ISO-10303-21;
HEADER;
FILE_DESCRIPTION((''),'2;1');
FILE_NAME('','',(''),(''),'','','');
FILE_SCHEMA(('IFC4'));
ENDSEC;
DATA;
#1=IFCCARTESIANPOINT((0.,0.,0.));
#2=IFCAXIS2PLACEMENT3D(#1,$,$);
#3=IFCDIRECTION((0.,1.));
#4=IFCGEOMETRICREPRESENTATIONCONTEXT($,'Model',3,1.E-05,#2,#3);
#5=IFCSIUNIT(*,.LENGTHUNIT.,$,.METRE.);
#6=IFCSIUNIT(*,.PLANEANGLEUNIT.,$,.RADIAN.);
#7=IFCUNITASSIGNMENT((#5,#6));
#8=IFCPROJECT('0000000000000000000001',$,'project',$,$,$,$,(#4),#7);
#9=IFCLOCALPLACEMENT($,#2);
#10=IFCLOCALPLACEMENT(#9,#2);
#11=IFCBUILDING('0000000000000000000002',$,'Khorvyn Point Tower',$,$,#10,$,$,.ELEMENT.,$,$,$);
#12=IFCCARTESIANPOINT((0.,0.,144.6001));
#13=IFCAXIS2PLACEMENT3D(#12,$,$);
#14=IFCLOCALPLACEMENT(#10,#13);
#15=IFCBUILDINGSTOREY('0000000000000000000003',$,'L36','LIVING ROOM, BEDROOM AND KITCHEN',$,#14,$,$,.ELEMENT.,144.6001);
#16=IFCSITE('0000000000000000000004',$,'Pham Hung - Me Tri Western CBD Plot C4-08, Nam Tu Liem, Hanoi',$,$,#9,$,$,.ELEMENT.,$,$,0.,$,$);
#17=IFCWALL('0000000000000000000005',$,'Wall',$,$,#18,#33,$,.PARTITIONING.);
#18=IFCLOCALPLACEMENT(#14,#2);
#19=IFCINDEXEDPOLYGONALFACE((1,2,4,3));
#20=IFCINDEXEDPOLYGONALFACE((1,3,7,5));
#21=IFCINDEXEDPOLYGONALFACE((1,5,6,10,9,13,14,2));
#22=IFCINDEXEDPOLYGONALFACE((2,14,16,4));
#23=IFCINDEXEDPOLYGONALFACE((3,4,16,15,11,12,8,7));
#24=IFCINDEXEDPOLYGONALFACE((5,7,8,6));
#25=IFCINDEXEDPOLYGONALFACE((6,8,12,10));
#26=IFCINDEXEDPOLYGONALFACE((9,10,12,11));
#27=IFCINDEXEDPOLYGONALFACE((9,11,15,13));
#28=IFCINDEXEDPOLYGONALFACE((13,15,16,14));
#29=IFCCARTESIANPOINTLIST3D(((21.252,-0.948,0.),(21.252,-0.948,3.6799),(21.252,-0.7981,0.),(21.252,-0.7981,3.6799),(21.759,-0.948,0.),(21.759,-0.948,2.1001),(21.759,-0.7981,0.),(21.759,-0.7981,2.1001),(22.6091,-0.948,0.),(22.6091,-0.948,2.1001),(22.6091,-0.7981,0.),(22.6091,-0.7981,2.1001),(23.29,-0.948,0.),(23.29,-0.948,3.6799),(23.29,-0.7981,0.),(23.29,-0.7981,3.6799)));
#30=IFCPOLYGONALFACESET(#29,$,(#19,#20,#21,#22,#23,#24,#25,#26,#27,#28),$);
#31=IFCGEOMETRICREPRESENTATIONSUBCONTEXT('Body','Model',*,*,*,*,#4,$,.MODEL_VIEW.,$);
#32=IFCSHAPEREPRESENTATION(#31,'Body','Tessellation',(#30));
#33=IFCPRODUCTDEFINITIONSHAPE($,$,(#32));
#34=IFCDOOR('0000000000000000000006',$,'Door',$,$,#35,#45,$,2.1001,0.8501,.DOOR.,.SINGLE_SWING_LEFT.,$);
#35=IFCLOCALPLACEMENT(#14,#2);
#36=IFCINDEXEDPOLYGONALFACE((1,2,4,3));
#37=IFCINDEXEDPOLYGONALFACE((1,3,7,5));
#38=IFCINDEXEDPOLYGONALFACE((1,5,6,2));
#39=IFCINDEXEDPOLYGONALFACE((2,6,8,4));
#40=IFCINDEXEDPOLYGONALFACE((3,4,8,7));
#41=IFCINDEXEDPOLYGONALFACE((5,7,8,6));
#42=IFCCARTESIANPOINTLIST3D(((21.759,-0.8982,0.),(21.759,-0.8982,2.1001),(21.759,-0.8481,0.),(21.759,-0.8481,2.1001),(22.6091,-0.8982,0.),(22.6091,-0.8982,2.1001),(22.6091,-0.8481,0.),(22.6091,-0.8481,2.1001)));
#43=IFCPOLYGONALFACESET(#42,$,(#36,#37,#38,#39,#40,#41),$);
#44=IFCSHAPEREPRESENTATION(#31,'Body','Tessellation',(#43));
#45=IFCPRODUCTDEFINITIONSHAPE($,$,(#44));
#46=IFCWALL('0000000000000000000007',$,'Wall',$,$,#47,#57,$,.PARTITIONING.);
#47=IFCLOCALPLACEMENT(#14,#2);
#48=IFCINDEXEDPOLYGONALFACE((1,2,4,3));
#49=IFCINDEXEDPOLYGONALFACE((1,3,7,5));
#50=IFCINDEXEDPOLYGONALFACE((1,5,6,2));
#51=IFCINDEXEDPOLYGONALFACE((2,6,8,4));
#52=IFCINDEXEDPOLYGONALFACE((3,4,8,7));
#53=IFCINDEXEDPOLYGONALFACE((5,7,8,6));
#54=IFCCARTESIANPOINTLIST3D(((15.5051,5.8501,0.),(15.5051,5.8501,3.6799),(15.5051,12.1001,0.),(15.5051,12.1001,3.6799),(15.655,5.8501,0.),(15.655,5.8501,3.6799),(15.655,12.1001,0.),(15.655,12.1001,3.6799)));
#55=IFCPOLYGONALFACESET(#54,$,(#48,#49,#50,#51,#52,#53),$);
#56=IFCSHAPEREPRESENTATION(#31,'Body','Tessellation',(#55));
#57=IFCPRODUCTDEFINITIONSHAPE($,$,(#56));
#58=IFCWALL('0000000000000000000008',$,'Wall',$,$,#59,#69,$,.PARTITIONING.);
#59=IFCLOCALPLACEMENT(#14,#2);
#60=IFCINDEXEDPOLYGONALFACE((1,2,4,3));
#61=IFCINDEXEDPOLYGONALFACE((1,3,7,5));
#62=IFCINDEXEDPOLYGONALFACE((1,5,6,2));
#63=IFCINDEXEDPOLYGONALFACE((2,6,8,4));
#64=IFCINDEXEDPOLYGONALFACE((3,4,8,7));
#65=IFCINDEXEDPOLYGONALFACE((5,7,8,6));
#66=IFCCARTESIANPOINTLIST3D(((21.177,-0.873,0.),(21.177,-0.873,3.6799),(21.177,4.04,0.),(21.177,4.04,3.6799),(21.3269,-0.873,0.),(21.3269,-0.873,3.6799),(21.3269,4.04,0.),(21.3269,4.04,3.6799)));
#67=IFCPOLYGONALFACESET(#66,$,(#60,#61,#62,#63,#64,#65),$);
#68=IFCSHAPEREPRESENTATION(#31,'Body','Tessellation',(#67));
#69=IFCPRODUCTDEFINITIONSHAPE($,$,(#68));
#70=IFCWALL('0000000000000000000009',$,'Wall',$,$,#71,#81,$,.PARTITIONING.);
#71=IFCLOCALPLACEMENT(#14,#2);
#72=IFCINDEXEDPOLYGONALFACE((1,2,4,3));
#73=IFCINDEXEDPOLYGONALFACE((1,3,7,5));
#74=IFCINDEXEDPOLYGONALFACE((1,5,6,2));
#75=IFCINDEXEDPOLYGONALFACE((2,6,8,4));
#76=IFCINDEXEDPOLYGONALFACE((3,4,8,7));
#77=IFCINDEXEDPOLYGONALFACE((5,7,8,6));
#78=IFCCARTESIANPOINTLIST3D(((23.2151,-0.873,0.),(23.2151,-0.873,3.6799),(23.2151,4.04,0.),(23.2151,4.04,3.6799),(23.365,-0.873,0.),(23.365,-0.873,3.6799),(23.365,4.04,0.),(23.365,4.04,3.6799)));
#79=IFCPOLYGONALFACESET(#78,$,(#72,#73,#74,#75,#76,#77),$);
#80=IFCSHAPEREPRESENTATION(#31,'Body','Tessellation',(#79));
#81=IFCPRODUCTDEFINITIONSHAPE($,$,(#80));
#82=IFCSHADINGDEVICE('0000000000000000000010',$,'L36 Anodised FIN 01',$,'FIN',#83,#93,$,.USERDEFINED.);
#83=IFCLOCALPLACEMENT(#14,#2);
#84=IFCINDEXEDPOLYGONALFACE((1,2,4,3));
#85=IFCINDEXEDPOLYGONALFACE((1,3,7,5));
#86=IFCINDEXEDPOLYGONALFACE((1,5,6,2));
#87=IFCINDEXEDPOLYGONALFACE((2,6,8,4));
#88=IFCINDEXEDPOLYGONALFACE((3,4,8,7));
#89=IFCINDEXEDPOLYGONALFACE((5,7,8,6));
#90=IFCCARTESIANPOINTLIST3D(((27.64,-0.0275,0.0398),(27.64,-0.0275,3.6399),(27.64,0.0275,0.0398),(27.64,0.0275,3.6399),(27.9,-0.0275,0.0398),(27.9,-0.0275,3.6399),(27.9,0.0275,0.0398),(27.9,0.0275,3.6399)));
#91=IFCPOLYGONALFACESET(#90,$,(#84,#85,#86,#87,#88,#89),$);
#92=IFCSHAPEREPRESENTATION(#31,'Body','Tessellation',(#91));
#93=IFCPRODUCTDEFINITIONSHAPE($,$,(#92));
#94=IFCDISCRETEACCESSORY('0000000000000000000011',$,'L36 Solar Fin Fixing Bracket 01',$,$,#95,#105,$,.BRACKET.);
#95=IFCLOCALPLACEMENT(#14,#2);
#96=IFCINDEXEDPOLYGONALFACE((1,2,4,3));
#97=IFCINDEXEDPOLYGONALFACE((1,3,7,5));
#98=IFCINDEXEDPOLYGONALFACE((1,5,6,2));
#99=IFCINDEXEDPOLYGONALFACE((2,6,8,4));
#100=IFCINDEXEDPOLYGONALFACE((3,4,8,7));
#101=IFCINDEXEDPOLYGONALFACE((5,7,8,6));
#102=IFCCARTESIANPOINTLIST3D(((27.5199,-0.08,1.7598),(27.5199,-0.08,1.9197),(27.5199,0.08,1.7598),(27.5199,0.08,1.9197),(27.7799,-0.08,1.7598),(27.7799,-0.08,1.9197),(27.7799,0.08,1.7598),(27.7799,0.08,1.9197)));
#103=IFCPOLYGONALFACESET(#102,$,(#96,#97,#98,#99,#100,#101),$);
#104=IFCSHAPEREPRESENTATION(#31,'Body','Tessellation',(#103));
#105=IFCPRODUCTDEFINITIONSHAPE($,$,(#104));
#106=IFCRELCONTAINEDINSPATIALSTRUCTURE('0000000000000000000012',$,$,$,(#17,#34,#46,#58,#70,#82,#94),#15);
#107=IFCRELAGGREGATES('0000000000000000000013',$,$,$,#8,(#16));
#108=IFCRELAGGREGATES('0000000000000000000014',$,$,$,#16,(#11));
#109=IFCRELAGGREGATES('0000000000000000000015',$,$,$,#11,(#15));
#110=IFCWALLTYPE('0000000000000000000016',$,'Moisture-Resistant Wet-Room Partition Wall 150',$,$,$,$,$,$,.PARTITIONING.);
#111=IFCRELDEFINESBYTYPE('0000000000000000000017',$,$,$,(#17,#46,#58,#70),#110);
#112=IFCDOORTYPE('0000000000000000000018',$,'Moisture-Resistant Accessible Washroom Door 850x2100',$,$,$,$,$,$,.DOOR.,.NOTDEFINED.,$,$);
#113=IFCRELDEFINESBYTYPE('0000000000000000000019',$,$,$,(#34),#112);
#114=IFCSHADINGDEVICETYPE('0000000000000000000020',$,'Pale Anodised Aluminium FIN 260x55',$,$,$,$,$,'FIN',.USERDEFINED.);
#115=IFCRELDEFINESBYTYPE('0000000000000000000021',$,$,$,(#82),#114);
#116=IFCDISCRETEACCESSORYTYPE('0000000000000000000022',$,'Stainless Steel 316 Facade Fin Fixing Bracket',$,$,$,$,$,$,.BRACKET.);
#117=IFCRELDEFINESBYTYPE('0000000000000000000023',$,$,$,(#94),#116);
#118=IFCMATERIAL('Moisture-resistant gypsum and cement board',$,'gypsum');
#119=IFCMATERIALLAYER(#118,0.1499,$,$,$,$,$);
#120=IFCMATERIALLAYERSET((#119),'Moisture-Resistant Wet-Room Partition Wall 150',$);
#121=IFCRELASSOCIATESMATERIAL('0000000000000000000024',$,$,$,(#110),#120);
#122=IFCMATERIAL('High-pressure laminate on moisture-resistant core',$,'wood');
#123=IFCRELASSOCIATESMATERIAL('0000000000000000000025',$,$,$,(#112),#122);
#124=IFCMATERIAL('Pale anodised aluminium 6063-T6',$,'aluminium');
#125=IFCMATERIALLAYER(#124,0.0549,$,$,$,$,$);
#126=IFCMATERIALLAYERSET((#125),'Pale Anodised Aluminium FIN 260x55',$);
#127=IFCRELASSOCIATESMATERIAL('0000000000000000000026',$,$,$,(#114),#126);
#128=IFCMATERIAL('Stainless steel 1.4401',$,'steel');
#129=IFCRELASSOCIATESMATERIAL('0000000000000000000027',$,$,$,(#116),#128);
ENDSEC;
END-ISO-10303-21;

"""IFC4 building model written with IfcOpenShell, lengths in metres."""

from ifc_helpers import new_model, si_unit, direction, frame, frame_2d, origin, origin_2d, place, context, subcontext, project, spatial, rectangle, extrude, material, layer, layer_set, type_object, element, fill, save


model = new_model("IFC4")

# Units and contexts
model_context = context("Model", 3, precision=1e-05, world=origin(), true_north=direction((0.0, 1.0)))
body_context = subcontext(model_context, "Body", "Model", "MODEL_VIEW")
ifc_project = project(units=[si_unit("LENGTHUNIT", "METRE"), si_unit("PLANEANGLEUNIT", "RADIAN")], contexts=[model_context])

# Site, building, storey
site_placement = place(None, origin())
site = spatial("IfcSite", under=ifc_project, at=site_placement, Name="Pham Hung - Me Tri Western CBD Plot C4-08, Nam Tu Liem, Hanoi", CompositionType="ELEMENT", RefElevation=0.0)
building_placement = place(site_placement, origin())
building = spatial("IfcBuilding", under=site, at=building_placement, Name="Khorvyn Point Tower", CompositionType="ELEMENT")
storey_placement = place(building_placement, frame((0.0, 0.0, 144.6001)))
storey = spatial("IfcBuildingStorey", under=building, at=storey_placement, Name="L36", Description="LIVING ROOM, BEDROOM AND KITCHEN", CompositionType="ELEMENT", Elevation=144.6001)

# Wall, opening, door
ifc_material_1 = material(Name="Moisture-resistant gypsum and cement board", Category="gypsum")
ifc_layer_1 = layer(ifc_material_1, 0.1499)
ifc_layer_set_1 = layer_set([ifc_layer_1], Name="Moisture-Resistant Wet-Room Partition Wall 150")
wall_type_1 = type_object("IfcWallType", Name="Moisture-Resistant Wet-Room Partition Wall 150", PredefinedType="PARTITIONING", material=ifc_layer_set_1)
wall_1_placement = place(storey_placement, frame((21.252, -0.873, 0.0), z_axis=(0.0, 0.0, 1.0), x_axis=(1.0, 0.0, 0.0)))
wall_1 = element("IfcWall", 1, at=wall_1_placement, inside=storey, type_object=wall_type_1, Name="Wall", PredefinedType="PARTITIONING", context=body_context, shape_type="SweptSolid", body=[
    extrude(rectangle(XDim=2.0381, YDim=0.1499, at=frame_2d((1.019, 0.0))), origin(), (0.0, 0.0, 1.0), 3.6799),
])
opening_1_placement = place(wall_1_placement, frame((0.5071, 0.0, 0.0)))
opening_1 = element("IfcOpeningElement", 2, at=opening_1_placement, cuts=wall_1, PredefinedType="OPENING", context=body_context, shape_type="SweptSolid", body=[
    extrude(rectangle(XDim=0.8501, YDim=2.1001, at=frame_2d((0.425, 1.05))), frame((0.0, 0.085, 0.0), z_axis=(0.0, -1.0, 0.0), x_axis=(1.0, 0.0, 0.0)), (0.0, 0.0, 1.0), 0.1699),
])
ifc_material_2 = material(Name="High-pressure laminate on moisture-resistant core", Category="wood")
door_type_1 = type_object("IfcDoorType", Name="Moisture-Resistant Accessible Washroom Door 850x2100", OperationType="NOTDEFINED", PredefinedType="DOOR", material=ifc_material_2)
door_1_placement = place(opening_1_placement, origin())
door_1 = element("IfcDoor", 3, at=door_1_placement, inside=storey, type_object=door_type_1, Name="Door", OperationType="SINGLE_SWING_LEFT", OverallHeight=2.1001, OverallWidth=0.8501, PredefinedType="DOOR", context=body_context, shape_type="SweptSolid", body=[
    extrude(rectangle(XDim=0.8501, YDim=2.1001, at=frame_2d((0.425, 1.05))), frame((0.0, 0.0249, 0.0), z_axis=(0.0, -1.0, 0.0), x_axis=(1.0, 0.0, 0.0)), (0.0, 0.0, 1.0), 0.05),
])
fill(opening_1, door_1)

# Walls
wall_2_placement = place(storey_placement, frame((15.5801, 5.8501, 0.0), z_axis=(0.0, 0.0, 1.0), x_axis=(0.0, 1.0, 0.0)))
element("IfcWall", 4, at=wall_2_placement, inside=storey, type_object=wall_type_1, Name="Wall", PredefinedType="PARTITIONING", context=body_context, shape_type="SweptSolid", body=[
    extrude(rectangle(XDim=6.25, YDim=0.1499, at=frame_2d((3.125, 0.0))), origin(), (0.0, 0.0, 1.0), 3.6799),
])
for number, where, z_axis, x_axis, name in (
    (5, (21.252, -0.873, 0.0), (0.0, 0.0, 1.0), (0.0, 1.0, 0.0), "Wall"),
    (6, (23.29, -0.873, 0.0), (0.0, 0.0, 1.0), (0.0, 1.0, 0.0), "Wall"),
):
    element("IfcWall", number, at=place(storey_placement, frame(where, z_axis=z_axis, x_axis=x_axis)), inside=storey, type_object=wall_type_1, Name=name, PredefinedType="PARTITIONING", context=body_context, shape_type="SweptSolid", body=[
        extrude(rectangle(XDim=4.9131, YDim=0.1499, at=frame_2d((2.4565, 0.0))), origin(), (0.0, 0.0, 1.0), 3.6799),
    ])

# Shading device
ifc_material_3 = material(Name="Pale anodised aluminium 6063-T6", Category="aluminium")
ifc_layer_2 = layer(ifc_material_3, 0.0549)
ifc_layer_set_2 = layer_set([ifc_layer_2], Name="Pale Anodised Aluminium FIN 260x55")
shading_device_type = type_object("IfcShadingDeviceType", Name="Pale Anodised Aluminium FIN 260x55", ElementType="FIN", PredefinedType="USERDEFINED", material=ifc_layer_set_2)
shading_device_placement = place(storey_placement, frame((27.77, 0.0, 0.0398), z_axis=(0.0, 0.0, 1.0), x_axis=(1.0, 0.0, 0.0)))
element("IfcShadingDevice", 7, at=shading_device_placement, inside=storey, type_object=shading_device_type, Name="L36 Anodised FIN 01", ObjectType="FIN", PredefinedType="USERDEFINED", context=body_context, shape_type="SweptSolid", body=[
    extrude(rectangle(XDim=0.26, YDim=0.0549, at=origin_2d()), origin(), (0.0, 0.0, 1.0), 3.6001),
])

# Discrete accessory
ifc_material_4 = material(Name="Stainless steel 1.4401", Category="steel")
discrete_accessory_type = type_object("IfcDiscreteAccessoryType", Name="Stainless Steel 316 Facade Fin Fixing Bracket", PredefinedType="BRACKET", material=ifc_material_4)
discrete_accessory_placement = place(storey_placement, frame((27.6499, 0.0, 1.7598), z_axis=(0.0, 0.0, 1.0), x_axis=(0.0, -1.0, 0.0)))
element("IfcDiscreteAccessory", 8, at=discrete_accessory_placement, inside=storey, type_object=discrete_accessory_type, Name="L36 Solar Fin Fixing Bracket 01", PredefinedType="BRACKET", context=body_context, shape_type="SweptSolid", body=[
    extrude(rectangle(XDim=0.1599, YDim=0.26, at=origin_2d()), origin(), (0.0, 0.0, 1.0), 0.1599),
])

save(model, "model.ifc")
